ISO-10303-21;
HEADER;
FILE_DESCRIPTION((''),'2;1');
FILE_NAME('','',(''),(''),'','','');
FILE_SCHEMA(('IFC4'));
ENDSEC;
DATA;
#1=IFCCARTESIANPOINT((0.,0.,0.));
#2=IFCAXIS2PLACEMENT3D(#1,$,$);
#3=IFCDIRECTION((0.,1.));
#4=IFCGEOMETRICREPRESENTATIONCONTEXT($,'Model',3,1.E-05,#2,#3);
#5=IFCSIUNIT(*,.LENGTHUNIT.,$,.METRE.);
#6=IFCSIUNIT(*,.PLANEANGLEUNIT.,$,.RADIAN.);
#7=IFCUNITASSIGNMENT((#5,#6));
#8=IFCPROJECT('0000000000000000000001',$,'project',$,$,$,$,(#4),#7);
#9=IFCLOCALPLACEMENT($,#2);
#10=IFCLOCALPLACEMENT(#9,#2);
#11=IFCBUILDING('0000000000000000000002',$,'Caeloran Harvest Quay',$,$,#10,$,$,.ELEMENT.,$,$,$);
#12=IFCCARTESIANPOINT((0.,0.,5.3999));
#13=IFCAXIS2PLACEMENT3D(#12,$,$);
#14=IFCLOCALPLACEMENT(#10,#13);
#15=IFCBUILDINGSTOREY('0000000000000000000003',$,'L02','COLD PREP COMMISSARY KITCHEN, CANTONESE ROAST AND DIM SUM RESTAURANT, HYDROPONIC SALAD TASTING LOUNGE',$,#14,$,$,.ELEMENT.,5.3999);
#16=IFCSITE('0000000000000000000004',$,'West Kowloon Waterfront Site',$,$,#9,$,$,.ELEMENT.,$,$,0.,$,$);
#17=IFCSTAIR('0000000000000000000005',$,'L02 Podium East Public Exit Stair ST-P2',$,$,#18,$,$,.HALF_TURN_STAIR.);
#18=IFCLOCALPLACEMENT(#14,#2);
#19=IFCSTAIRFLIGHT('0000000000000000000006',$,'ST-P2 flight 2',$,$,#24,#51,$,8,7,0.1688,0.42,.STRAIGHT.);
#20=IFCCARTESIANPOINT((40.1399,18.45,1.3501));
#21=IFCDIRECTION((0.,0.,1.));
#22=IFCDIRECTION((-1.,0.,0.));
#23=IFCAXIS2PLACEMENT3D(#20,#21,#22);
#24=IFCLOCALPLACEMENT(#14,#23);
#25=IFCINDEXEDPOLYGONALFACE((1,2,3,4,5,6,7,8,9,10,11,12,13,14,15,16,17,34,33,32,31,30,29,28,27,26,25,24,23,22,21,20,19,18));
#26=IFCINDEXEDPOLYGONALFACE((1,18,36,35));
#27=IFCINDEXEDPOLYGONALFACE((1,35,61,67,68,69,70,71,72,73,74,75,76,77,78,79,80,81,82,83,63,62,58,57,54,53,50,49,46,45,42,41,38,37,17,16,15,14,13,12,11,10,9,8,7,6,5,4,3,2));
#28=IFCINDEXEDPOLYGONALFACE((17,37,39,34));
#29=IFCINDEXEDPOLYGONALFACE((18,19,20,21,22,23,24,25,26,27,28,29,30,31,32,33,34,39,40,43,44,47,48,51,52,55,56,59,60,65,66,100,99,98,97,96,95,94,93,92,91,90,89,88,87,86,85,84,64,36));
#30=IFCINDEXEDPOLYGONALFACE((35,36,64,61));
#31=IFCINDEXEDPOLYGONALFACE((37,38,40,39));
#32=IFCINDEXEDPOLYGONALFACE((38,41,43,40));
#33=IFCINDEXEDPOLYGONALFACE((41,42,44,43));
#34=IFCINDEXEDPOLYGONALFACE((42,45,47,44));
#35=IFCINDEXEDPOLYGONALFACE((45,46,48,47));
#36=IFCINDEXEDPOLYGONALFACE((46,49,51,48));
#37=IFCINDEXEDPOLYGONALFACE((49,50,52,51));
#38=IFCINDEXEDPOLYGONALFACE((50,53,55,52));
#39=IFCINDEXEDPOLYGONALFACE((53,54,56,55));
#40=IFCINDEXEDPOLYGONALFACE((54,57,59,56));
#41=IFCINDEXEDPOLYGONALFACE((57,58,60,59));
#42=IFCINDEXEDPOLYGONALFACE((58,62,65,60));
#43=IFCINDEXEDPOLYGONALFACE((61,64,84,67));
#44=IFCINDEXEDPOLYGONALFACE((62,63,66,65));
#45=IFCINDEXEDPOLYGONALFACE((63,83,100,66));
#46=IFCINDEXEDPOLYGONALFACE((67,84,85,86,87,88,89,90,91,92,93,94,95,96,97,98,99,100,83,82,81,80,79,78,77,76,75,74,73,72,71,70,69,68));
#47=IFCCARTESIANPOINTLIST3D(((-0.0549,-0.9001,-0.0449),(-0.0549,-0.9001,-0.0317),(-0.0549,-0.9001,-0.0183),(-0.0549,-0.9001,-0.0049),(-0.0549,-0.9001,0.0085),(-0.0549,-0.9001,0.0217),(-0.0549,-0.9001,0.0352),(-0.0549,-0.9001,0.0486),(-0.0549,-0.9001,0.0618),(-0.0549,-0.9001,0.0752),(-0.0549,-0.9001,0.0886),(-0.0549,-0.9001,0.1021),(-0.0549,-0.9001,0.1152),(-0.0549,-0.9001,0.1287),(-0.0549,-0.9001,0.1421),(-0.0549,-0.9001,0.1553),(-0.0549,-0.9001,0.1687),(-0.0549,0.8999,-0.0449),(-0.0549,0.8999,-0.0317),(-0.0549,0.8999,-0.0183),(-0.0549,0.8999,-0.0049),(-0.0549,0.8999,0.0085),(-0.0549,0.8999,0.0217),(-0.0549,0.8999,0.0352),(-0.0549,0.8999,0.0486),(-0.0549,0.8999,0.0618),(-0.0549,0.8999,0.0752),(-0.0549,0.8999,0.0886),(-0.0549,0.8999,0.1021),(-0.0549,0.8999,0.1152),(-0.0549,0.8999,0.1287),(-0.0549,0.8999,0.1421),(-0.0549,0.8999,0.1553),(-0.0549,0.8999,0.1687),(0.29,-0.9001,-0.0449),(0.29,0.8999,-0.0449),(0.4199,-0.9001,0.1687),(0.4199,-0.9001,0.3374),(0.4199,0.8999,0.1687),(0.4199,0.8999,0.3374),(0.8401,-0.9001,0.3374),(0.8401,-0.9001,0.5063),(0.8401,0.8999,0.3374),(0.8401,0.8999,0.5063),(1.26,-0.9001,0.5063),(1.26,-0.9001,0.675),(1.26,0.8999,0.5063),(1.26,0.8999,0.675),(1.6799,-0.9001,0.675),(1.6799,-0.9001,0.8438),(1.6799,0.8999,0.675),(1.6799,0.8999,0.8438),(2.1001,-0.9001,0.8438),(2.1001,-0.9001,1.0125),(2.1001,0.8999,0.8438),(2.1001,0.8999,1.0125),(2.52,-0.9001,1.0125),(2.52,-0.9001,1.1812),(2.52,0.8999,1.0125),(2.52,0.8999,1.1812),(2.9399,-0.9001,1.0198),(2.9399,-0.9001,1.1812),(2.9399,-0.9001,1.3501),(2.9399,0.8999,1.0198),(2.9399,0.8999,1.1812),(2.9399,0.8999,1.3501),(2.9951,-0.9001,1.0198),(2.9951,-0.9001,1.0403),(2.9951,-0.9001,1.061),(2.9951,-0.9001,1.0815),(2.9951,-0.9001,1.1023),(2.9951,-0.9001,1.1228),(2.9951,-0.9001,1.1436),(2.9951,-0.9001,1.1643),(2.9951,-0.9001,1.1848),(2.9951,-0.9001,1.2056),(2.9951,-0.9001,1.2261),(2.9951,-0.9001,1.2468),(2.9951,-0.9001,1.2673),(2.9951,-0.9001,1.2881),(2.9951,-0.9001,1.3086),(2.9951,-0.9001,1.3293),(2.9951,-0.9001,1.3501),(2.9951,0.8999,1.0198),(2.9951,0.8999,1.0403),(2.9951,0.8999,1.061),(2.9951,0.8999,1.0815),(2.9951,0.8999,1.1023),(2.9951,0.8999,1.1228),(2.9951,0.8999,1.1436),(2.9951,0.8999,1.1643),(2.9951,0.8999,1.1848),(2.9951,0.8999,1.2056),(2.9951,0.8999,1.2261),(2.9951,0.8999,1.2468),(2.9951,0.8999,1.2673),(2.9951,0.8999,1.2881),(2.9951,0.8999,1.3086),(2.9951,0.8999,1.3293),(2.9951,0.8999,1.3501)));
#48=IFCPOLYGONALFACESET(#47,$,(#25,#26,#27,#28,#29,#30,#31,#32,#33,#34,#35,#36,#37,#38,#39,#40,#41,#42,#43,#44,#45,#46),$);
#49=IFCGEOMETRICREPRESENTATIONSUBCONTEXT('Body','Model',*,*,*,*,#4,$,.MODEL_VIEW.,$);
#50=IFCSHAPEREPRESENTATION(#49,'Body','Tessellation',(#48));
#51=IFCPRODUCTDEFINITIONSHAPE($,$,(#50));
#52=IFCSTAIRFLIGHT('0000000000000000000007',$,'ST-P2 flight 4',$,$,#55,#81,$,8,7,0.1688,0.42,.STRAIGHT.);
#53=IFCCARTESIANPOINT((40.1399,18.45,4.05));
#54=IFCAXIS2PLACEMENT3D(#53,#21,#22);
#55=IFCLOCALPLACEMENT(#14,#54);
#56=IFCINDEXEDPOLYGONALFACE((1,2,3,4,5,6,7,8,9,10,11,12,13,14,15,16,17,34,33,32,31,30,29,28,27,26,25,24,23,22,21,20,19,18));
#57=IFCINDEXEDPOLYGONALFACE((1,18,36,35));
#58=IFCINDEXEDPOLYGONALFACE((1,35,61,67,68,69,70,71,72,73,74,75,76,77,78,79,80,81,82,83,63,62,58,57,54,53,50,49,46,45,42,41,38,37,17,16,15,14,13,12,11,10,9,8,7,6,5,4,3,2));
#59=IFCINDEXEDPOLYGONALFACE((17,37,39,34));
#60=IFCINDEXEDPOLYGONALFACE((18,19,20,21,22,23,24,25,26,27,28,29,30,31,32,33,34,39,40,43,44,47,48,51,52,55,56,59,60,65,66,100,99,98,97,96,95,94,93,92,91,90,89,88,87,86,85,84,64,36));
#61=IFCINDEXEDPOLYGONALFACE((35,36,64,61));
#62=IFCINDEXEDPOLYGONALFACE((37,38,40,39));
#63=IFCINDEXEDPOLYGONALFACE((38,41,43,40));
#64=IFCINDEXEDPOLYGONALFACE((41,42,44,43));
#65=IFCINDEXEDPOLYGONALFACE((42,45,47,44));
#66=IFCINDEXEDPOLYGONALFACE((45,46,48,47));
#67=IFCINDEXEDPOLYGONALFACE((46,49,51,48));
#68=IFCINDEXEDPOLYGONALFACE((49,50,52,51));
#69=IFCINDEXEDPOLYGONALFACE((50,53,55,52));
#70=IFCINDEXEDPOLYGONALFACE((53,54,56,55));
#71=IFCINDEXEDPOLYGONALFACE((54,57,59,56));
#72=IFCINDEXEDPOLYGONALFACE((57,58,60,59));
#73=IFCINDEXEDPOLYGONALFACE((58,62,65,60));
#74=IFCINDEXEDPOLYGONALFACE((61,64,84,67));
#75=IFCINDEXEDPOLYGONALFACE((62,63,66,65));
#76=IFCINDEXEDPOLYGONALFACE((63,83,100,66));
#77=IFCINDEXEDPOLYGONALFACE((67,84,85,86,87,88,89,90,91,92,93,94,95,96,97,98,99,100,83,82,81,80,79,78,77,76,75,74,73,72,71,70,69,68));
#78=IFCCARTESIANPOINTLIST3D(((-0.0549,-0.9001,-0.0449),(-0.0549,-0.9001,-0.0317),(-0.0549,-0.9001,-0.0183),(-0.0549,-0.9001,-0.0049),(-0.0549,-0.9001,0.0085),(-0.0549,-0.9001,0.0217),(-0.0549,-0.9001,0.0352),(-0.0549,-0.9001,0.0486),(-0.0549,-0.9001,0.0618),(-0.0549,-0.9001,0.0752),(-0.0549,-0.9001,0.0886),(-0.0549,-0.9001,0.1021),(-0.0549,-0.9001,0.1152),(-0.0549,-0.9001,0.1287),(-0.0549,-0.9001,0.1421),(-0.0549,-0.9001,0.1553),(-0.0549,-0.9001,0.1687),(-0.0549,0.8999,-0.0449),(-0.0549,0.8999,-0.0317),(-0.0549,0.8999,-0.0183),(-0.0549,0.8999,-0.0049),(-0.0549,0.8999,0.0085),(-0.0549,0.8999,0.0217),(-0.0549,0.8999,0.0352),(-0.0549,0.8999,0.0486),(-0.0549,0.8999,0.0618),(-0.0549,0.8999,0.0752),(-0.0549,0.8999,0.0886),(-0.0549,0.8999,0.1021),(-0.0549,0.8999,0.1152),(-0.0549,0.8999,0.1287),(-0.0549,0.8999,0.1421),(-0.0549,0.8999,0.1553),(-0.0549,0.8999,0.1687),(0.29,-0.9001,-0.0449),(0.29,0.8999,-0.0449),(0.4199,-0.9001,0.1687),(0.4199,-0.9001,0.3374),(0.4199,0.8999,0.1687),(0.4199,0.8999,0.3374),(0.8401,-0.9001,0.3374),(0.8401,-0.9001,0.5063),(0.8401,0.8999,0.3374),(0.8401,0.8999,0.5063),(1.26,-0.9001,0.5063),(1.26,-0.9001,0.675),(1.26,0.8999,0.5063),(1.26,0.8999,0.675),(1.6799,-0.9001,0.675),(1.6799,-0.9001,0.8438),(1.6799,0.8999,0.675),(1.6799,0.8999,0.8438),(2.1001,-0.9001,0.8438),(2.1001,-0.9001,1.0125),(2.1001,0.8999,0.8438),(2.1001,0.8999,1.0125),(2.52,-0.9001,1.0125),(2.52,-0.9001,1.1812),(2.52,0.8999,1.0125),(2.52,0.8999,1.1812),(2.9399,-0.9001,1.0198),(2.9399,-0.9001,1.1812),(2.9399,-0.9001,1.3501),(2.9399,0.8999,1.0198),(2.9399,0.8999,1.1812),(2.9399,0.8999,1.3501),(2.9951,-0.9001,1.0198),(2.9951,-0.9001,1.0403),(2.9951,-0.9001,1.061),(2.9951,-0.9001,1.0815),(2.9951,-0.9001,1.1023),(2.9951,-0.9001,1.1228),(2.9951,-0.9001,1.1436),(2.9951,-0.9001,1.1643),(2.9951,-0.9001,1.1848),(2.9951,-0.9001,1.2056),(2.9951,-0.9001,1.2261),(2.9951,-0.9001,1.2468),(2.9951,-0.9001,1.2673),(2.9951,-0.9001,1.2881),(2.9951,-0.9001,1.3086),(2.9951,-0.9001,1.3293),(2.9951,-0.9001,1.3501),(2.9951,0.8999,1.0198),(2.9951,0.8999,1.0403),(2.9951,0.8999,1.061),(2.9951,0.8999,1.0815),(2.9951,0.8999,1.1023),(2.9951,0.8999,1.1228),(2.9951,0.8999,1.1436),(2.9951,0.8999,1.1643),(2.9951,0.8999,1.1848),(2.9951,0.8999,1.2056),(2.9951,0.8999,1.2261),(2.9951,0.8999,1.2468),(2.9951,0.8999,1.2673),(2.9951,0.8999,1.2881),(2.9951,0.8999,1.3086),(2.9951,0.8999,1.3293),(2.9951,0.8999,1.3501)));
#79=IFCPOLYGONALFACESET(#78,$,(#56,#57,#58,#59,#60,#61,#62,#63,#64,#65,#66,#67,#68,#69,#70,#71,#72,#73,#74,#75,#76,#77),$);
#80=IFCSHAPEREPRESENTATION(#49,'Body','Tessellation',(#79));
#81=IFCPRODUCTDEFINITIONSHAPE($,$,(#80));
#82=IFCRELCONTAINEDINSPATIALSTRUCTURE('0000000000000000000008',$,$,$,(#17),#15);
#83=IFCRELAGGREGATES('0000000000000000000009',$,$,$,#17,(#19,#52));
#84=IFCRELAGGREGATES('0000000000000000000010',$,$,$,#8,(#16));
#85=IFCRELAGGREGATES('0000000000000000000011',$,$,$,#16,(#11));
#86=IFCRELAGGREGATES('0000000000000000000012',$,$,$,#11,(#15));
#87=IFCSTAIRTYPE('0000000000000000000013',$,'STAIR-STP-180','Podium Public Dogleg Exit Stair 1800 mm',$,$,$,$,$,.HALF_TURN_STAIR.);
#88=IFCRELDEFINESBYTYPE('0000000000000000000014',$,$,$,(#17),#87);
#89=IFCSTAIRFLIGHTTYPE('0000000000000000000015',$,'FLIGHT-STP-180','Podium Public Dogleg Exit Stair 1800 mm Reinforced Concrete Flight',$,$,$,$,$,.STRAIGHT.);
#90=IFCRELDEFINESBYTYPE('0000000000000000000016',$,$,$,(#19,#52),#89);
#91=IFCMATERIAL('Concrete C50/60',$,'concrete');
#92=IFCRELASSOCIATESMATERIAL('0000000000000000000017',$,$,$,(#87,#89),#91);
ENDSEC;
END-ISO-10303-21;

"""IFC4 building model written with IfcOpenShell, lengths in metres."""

from ifc_helpers import new_model, si_unit, direction, frame, origin, place, context, subcontext, project, spatial, polyline, outline, extrude, material, type_object, element, aggregate, save


model = new_model("IFC4")

# Units and contexts
model_context = context("Model", 3, precision=1e-05, world=origin(), true_north=direction((0.0, 1.0)))
body_context = subcontext(model_context, "Body", "Model", "MODEL_VIEW")
ifc_project = project(units=[si_unit("LENGTHUNIT", "METRE"), si_unit("PLANEANGLEUNIT", "RADIAN")], contexts=[model_context])

# Site, building, storey
site_placement = place(None, origin())
site = spatial("IfcSite", under=ifc_project, at=site_placement, Name="West Kowloon Waterfront Site", CompositionType="ELEMENT", RefElevation=0.0)
building_placement = place(site_placement, origin())
building = spatial("IfcBuilding", under=site, at=building_placement, Name="Caeloran Harvest Quay", CompositionType="ELEMENT")
storey_placement = place(building_placement, frame((0.0, 0.0, 5.3999)))
storey = spatial("IfcBuildingStorey", under=building, at=storey_placement, Name="L02", Description="COLD PREP COMMISSARY KITCHEN, CANTONESE ROAST AND DIM SUM RESTAURANT, HYDROPONIC SALAD TASTING LOUNGE", CompositionType="ELEMENT", Elevation=5.3999)

# Stair, stair flights
ifc_material_1 = material(Name="Concrete C50/60", Category="concrete")
stair_type = type_object("IfcStairType", Name="STAIR-STP-180", Description="Podium Public Dogleg Exit Stair 1800 mm", PredefinedType="HALF_TURN_STAIR", material=ifc_material_1)
stair_placement = place(storey_placement, origin())
stair = element("IfcStair", 1, at=stair_placement, inside=storey, type_object=stair_type, Name="L02 Podium East Public Exit Stair ST-P2", PredefinedType="HALF_TURN_STAIR")
stair_flight_type = type_object("IfcStairFlightType", Name="FLIGHT-STP-180", Description="Podium Public Dogleg Exit Stair 1800 mm Reinforced Concrete Flight", PredefinedType="STRAIGHT", material=ifc_material_1)
stair_flight_1_placement = place(storey_placement, frame((40.1399, 18.45, 1.3501), z_axis=(0.0, 0.0, 1.0), x_axis=(-1.0, 0.0, 0.0)))
stair_flight_1 = element("IfcStairFlight", 2, at=stair_flight_1_placement, type_object=stair_flight_type, Name="ST-P2 flight 2", NumberOfRisers=8, NumberOfTreads=7, PredefinedType="STRAIGHT", RiserHeight=0.1688, TreadLength=0.42, context=body_context, shape_type="SweptSolid", body=[
    extrude(outline(polyline([(-0.0549, -0.0449), (-0.0549, -0.0317), (-0.0549, -0.0183), (-0.0549, -0.0049), (-0.0549, 0.0085), (-0.0549, 0.0217), (-0.0549, 0.0352), (-0.0549, 0.0486), (-0.0549, 0.0618), (-0.0549, 0.0752), (-0.0549, 0.0886), (-0.0549, 0.1021), (-0.0549, 0.1152), (-0.0549, 0.1287), (-0.0549, 0.1421), (-0.0549, 0.1553), (-0.0549, 0.1687), (0.4199, 0.1687), (0.4199, 0.3374), (0.8401, 0.3374), (0.8401, 0.5063), (1.26, 0.5063), (1.26, 0.675), (1.6799, 0.675), (1.6799, 0.8438), (2.1001, 0.8438), (2.1001, 1.0125), (2.52, 1.0125), (2.52, 1.1812), (2.9399, 1.1812), (2.9399, 1.3501), (2.9951, 1.3501), (2.9951, 1.3293), (2.9951, 1.3086), (2.9951, 1.2881), (2.9951, 1.2673), (2.9951, 1.2468), (2.9951, 1.2261), (2.9951, 1.2056), (2.9951, 1.1848), (2.9951, 1.1643), (2.9951, 1.1436), (2.9951, 1.1228), (2.9951, 1.1023), (2.9951, 1.0815), (2.9951, 1.061), (2.9951, 1.0403), (2.9951, 1.0198), (2.9399, 1.0198), (0.29, -0.0449), (-0.0549, -0.0449)])), frame((0.0, 0.8999, 0.0), z_axis=(0.0, -1.0, 0.0), x_axis=(1.0, 0.0, 0.0)), (0.0, 0.0, 1.0), 1.8),
])
stair_flight_2_placement = place(storey_placement, frame((40.1399, 18.45, 4.05), z_axis=(0.0, 0.0, 1.0), x_axis=(-1.0, 0.0, 0.0)))
stair_flight_2 = element("IfcStairFlight", 3, at=stair_flight_2_placement, type_object=stair_flight_type, Name="ST-P2 flight 4", NumberOfRisers=8, NumberOfTreads=7, PredefinedType="STRAIGHT", RiserHeight=0.1688, TreadLength=0.42, context=body_context, shape_type="SweptSolid", body=[
    extrude(outline(polyline([(-0.0549, -0.0449), (-0.0549, -0.0317), (-0.0549, -0.0183), (-0.0549, -0.0049), (-0.0549, 0.0085), (-0.0549, 0.0217), (-0.0549, 0.0352), (-0.0549, 0.0486), (-0.0549, 0.0618), (-0.0549, 0.0752), (-0.0549, 0.0886), (-0.0549, 0.1021), (-0.0549, 0.1152), (-0.0549, 0.1287), (-0.0549, 0.1421), (-0.0549, 0.1553), (-0.0549, 0.1687), (0.4199, 0.1687), (0.4199, 0.3374), (0.8401, 0.3374), (0.8401, 0.5063), (1.26, 0.5063), (1.26, 0.675), (1.6799, 0.675), (1.6799, 0.8438), (2.1001, 0.8438), (2.1001, 1.0125), (2.52, 1.0125), (2.52, 1.1812), (2.9399, 1.1812), (2.9399, 1.3501), (2.9951, 1.3501), (2.9951, 1.3293), (2.9951, 1.3086), (2.9951, 1.2881), (2.9951, 1.2673), (2.9951, 1.2468), (2.9951, 1.2261), (2.9951, 1.2056), (2.9951, 1.1848), (2.9951, 1.1643), (2.9951, 1.1436), (2.9951, 1.1228), (2.9951, 1.1023), (2.9951, 1.0815), (2.9951, 1.061), (2.9951, 1.0403), (2.9951, 1.0198), (2.9399, 1.0198), (0.29, -0.0449), (-0.0549, -0.0449)])), frame((0.0, 0.8999, 0.0), z_axis=(0.0, -1.0, 0.0), x_axis=(1.0, 0.0, 0.0)), (0.0, 0.0, 1.0), 1.8),
])
aggregate(stair, [stair_flight_1, stair_flight_2])

save(model, "model.ifc")
